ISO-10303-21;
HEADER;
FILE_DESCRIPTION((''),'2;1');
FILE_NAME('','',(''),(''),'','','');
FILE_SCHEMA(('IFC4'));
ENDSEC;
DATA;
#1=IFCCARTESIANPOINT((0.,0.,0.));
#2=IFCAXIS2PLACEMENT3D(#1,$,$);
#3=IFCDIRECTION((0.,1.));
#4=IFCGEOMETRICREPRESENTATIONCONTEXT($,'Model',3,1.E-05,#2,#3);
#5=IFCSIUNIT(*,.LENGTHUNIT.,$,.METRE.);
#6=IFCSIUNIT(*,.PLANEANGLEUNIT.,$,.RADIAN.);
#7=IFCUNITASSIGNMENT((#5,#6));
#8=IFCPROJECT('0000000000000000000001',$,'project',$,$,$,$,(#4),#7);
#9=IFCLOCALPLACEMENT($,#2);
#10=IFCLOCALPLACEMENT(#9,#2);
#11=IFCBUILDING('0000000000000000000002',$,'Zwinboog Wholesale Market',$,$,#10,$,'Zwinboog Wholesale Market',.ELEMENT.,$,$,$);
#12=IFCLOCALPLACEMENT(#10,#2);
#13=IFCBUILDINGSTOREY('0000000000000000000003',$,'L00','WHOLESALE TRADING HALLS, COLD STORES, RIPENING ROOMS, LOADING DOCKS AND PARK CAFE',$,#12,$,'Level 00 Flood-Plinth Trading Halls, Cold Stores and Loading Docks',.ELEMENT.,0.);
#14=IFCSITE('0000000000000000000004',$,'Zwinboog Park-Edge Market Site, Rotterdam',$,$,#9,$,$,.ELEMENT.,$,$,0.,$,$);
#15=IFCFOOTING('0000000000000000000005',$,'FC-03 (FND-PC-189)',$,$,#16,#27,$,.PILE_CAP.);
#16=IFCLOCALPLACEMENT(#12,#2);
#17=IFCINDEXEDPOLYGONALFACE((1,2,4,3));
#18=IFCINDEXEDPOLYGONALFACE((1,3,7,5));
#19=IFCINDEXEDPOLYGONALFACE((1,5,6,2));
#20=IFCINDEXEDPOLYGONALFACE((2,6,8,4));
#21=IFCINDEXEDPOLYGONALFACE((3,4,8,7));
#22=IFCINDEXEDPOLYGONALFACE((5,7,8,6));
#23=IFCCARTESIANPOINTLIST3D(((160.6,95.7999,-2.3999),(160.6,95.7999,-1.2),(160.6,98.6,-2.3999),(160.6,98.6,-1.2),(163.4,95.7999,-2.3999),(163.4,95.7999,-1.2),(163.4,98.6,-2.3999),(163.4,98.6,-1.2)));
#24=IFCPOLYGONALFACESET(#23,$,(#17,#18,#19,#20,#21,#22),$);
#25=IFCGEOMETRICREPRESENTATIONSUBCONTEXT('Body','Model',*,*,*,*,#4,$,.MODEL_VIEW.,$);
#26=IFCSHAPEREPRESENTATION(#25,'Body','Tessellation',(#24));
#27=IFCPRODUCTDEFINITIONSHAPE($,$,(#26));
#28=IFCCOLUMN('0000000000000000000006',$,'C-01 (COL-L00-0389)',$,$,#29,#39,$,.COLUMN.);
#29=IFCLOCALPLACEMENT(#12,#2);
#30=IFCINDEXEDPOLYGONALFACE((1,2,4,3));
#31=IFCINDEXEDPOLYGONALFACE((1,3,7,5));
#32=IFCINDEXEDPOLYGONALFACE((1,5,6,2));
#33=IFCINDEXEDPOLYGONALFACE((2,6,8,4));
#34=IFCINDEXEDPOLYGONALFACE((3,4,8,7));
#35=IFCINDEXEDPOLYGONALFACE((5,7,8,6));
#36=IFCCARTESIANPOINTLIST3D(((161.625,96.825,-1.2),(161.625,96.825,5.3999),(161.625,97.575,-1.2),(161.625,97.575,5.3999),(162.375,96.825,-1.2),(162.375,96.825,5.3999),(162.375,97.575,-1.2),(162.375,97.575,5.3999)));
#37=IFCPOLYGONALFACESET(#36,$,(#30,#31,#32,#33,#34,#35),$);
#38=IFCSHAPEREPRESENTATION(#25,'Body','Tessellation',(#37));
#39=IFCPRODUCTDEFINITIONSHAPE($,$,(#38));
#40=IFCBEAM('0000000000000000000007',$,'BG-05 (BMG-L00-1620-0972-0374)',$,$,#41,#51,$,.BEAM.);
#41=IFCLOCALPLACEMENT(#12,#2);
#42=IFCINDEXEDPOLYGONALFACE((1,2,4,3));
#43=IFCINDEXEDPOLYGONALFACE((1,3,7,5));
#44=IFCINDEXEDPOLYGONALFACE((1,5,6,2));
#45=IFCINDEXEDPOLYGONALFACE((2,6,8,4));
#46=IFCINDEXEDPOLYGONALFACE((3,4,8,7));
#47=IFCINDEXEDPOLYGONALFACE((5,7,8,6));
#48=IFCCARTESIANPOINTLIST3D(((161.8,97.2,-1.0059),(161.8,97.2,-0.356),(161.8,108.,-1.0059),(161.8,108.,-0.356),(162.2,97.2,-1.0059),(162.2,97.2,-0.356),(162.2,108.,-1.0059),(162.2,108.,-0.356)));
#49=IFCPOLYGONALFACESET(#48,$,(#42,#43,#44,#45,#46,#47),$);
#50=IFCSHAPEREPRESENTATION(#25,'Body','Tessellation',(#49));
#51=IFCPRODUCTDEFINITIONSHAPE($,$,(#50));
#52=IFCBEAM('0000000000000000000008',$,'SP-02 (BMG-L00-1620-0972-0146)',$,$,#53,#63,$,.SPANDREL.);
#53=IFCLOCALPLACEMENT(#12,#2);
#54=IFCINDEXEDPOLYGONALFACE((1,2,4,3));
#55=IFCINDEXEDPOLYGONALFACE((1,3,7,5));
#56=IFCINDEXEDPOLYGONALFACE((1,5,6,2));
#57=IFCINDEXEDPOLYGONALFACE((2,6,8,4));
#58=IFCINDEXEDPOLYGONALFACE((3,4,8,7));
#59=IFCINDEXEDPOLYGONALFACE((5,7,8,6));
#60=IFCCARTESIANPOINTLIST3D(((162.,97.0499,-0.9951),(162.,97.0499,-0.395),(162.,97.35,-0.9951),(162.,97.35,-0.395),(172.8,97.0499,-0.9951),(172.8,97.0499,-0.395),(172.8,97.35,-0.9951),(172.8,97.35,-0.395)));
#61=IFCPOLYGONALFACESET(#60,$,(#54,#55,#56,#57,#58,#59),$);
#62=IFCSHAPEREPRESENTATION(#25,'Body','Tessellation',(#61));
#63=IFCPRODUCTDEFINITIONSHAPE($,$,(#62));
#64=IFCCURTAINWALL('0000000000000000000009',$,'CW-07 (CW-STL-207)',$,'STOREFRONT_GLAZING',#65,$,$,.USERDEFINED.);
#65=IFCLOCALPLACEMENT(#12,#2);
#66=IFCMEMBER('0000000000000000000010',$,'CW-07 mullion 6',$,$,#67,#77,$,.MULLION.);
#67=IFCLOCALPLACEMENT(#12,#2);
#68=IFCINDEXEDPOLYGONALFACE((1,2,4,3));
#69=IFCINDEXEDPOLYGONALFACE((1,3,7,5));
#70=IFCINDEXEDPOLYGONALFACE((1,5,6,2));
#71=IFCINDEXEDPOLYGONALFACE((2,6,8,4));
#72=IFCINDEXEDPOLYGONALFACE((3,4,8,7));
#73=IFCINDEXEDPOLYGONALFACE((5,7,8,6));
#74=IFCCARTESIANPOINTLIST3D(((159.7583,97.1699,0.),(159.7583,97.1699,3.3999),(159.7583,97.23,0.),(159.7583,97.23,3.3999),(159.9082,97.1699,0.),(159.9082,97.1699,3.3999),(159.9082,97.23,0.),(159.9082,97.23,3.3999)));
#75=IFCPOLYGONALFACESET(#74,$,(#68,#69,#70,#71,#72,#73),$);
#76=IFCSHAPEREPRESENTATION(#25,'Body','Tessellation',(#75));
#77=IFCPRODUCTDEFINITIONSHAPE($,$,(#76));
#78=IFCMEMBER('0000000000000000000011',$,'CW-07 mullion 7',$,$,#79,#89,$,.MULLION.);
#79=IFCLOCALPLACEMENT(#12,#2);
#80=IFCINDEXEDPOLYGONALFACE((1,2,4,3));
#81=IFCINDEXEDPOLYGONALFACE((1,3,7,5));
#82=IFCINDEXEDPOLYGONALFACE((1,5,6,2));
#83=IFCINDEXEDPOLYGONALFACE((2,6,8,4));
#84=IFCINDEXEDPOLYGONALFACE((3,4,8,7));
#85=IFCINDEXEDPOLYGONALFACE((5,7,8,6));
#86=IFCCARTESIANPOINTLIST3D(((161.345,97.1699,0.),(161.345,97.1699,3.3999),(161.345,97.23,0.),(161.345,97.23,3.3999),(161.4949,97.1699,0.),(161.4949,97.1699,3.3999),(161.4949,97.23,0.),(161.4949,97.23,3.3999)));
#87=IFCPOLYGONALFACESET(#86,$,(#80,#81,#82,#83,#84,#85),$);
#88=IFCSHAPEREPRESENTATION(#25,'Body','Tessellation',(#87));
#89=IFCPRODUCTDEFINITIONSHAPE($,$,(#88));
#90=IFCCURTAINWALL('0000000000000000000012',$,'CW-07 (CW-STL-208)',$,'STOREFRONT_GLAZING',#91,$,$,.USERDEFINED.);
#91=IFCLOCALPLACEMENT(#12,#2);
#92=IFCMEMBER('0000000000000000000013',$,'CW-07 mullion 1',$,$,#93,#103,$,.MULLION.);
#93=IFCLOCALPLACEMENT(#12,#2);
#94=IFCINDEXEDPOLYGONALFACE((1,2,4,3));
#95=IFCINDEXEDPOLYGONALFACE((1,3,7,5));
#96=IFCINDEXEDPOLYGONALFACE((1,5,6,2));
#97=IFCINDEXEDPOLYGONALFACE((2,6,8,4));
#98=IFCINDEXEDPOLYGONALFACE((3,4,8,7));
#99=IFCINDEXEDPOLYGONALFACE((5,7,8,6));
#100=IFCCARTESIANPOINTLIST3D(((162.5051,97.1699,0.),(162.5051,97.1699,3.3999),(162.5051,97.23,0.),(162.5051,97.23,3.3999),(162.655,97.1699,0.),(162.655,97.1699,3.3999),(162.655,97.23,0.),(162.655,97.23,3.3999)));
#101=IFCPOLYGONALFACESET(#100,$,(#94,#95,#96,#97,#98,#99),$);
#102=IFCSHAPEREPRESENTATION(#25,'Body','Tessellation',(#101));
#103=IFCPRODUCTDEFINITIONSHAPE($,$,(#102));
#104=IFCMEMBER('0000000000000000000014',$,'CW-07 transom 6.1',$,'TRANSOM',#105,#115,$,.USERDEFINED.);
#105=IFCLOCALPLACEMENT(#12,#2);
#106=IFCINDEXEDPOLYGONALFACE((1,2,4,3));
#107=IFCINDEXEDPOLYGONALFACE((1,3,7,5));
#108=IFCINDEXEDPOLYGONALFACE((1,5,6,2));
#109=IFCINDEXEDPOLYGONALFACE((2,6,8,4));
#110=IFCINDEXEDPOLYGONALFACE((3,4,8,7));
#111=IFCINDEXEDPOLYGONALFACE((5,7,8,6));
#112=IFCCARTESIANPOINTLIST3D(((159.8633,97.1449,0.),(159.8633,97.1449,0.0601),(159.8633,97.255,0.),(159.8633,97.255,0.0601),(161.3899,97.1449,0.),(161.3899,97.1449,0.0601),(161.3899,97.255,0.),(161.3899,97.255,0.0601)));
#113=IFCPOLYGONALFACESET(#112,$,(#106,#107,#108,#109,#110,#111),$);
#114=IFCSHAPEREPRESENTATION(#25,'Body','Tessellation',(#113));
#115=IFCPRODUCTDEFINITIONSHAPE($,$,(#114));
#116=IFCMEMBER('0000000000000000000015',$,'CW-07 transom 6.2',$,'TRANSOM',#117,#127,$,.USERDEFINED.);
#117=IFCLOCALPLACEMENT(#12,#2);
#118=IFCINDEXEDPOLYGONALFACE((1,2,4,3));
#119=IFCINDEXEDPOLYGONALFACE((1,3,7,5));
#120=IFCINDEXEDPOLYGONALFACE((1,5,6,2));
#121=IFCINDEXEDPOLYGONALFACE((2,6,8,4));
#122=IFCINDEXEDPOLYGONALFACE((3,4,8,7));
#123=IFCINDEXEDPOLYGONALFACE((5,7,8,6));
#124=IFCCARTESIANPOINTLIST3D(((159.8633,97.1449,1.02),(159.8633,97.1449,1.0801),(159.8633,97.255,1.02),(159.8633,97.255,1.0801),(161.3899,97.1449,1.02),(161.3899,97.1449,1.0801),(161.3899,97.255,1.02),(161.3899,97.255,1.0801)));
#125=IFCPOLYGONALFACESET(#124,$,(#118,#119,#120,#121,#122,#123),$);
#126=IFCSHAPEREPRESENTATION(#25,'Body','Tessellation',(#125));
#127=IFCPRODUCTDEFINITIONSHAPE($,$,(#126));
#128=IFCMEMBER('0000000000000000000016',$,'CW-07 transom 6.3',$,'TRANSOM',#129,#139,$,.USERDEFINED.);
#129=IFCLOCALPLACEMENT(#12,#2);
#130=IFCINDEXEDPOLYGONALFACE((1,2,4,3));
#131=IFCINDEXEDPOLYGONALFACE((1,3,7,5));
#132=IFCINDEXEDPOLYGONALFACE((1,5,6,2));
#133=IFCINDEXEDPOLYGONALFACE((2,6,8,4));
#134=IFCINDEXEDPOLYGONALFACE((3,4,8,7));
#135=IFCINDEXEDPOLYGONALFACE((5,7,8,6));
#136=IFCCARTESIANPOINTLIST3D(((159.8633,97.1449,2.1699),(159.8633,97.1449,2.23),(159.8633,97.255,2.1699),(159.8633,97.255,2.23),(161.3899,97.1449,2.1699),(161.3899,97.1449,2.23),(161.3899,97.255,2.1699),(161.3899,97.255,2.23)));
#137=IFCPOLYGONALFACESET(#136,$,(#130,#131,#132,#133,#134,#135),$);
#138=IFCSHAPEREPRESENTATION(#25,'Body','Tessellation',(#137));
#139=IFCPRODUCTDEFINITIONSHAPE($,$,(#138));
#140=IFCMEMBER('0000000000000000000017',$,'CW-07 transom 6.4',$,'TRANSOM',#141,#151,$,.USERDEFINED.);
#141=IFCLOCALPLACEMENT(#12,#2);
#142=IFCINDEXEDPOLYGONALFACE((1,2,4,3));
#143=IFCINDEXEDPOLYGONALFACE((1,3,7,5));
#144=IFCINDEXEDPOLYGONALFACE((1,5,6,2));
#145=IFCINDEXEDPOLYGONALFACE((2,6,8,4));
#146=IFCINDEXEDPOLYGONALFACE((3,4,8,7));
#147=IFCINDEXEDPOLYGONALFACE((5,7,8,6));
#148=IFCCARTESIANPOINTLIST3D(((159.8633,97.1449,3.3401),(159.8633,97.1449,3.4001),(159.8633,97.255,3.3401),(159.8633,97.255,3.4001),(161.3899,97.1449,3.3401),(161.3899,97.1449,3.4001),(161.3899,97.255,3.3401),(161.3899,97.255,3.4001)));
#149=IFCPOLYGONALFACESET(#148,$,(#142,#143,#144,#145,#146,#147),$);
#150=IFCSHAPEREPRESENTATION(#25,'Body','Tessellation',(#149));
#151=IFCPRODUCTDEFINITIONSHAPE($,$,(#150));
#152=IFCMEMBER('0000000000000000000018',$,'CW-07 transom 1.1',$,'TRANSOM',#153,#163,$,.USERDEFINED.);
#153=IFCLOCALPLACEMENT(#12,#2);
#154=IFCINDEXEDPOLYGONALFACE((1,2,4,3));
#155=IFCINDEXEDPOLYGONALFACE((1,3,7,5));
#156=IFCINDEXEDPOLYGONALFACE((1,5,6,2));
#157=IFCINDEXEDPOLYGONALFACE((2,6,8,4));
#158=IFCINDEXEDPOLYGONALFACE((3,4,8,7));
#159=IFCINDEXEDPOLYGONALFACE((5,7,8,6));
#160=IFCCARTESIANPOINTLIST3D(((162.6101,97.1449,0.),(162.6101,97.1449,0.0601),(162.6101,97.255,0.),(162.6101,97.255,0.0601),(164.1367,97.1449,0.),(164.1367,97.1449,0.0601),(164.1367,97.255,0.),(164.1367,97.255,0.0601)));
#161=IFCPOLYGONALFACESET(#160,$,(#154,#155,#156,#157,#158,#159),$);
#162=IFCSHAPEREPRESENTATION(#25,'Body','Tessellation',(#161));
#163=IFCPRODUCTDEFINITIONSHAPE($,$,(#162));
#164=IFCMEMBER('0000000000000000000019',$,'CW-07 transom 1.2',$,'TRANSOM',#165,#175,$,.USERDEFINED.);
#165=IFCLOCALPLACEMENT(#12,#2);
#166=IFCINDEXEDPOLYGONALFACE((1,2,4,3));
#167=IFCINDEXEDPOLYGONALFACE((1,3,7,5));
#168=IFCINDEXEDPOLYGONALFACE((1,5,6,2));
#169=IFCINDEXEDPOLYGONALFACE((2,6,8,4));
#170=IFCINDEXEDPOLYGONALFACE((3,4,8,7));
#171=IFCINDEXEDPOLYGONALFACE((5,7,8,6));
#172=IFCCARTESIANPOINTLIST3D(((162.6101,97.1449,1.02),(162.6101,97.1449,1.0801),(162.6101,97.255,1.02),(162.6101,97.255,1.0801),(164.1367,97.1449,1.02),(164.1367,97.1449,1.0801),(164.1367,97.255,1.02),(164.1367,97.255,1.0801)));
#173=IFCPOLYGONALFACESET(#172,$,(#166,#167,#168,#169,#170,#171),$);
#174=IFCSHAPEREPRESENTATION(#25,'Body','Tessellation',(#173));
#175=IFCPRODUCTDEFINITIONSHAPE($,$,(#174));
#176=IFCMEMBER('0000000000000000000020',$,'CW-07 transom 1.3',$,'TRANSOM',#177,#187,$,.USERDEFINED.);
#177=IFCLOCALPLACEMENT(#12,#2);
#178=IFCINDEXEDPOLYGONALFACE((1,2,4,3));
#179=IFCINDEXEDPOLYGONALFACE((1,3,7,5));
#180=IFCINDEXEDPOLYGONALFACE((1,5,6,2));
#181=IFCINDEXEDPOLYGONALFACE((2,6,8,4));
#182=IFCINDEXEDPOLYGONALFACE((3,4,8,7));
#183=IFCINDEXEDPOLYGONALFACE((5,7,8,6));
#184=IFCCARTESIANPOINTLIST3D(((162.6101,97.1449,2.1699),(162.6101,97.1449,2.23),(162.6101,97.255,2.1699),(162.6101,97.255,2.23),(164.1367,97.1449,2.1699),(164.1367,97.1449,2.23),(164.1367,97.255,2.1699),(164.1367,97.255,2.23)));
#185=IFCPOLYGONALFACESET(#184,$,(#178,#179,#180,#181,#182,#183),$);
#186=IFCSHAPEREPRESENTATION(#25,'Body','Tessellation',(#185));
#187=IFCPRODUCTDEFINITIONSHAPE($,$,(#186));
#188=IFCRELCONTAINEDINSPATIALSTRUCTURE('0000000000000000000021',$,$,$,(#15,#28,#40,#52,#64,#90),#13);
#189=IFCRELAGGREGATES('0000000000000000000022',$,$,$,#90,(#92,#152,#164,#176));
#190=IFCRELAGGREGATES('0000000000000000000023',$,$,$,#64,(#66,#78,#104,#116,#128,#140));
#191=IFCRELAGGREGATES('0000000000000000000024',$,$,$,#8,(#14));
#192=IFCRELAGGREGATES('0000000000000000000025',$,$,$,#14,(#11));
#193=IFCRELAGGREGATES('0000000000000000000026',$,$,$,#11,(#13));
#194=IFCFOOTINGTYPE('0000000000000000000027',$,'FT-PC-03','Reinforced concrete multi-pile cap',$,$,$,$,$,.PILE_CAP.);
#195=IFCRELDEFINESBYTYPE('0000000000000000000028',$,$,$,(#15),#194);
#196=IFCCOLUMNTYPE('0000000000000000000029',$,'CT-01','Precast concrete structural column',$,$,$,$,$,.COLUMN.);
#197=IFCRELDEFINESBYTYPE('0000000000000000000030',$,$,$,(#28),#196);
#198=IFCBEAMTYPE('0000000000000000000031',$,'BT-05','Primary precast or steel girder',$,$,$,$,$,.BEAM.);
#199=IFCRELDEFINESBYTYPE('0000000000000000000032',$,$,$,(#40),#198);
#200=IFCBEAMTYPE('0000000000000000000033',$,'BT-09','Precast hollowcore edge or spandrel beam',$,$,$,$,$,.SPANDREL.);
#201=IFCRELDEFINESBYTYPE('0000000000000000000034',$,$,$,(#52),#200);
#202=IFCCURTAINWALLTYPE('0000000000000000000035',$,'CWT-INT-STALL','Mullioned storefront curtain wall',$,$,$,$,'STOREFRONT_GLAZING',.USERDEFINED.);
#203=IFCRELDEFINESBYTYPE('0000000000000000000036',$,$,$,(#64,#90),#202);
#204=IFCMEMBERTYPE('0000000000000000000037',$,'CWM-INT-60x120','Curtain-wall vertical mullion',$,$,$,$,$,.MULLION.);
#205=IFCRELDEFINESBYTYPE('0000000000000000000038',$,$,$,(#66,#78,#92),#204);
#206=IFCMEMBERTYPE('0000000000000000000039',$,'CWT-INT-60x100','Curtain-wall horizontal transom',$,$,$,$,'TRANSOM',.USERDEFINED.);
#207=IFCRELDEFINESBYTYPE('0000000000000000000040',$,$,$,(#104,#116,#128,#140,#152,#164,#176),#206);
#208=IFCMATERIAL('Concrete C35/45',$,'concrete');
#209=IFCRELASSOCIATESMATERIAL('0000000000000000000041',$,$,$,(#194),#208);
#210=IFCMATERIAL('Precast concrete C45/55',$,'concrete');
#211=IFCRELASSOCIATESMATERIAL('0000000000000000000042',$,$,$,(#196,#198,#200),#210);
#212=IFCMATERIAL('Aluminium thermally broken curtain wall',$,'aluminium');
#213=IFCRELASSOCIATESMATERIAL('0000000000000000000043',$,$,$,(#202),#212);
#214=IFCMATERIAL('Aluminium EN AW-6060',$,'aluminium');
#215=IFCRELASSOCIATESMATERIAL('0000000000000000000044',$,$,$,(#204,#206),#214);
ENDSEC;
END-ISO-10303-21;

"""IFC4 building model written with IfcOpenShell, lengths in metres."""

from ifc_helpers import new_model, si_unit, direction, frame, origin, origin_2d, place, context, subcontext, project, spatial, rectangle, extrude, material, material_profile, profile_set, type_object, element, aggregate, save


model = new_model("IFC4")

# Units and contexts
model_context = context("Model", 3, precision=1e-05, world=origin(), true_north=direction((0.0, 1.0)))
body_context = subcontext(model_context, "Body", "Model", "MODEL_VIEW")
ifc_project = project(units=[si_unit("LENGTHUNIT", "METRE"), si_unit("PLANEANGLEUNIT", "RADIAN")], contexts=[model_context])

# Site, building, storey
site_placement = place(None, origin())
site = spatial("IfcSite", under=ifc_project, at=site_placement, Name="Zwinboog Park-Edge Market Site, Rotterdam", CompositionType="ELEMENT", RefElevation=0.0)
building_placement = place(site_placement, origin())
building = spatial("IfcBuilding", under=site, at=building_placement, Name="Zwinboog Wholesale Market", LongName="Zwinboog Wholesale Market", CompositionType="ELEMENT")
storey_placement = place(building_placement, origin())
storey = spatial("IfcBuildingStorey", under=building, at=storey_placement, Name="L00", Description="WHOLESALE TRADING HALLS, COLD STORES, RIPENING ROOMS, LOADING DOCKS AND PARK CAFE", LongName="Level 00 Flood-Plinth Trading Halls, Cold Stores and Loading Docks", CompositionType="ELEMENT", Elevation=0.0)

# Footing
ifc_material_1 = material(Name="Concrete C35/45", Category="concrete")
footing_type = type_object("IfcFootingType", Name="FT-PC-03", Description="Reinforced concrete multi-pile cap", PredefinedType="PILE_CAP", material=ifc_material_1)
footing_placement = place(storey_placement, frame((162.0, 97.2, -2.3999), z_axis=(0.0, 0.0, 1.0), x_axis=(1.0, 0.0, 0.0)))
element("IfcFooting", 1, at=footing_placement, inside=storey, type_object=footing_type, Name="FC-03 (FND-PC-189)", PredefinedType="PILE_CAP", context=body_context, shape_type="SweptSolid", body=[
    extrude(rectangle(XDim=2.8, YDim=2.8, at=origin_2d()), origin(), (0.0, 0.0, 1.0), 1.2),
])

# Column
ifc_material_2 = material(Name="Precast concrete C45/55", Category="concrete")
ifc_material_profile_1 = material_profile(ifc_material_2, rectangle(XDim=0.75, YDim=0.75, at=origin_2d()), Name="PC 750x750")
ifc_profile_set_1 = profile_set([ifc_material_profile_1], Name="Precast concrete C45/55")
column_type = type_object("IfcColumnType", Name="CT-01", Description="Precast concrete structural column", PredefinedType="COLUMN", material=ifc_profile_set_1)
column_placement = place(storey_placement, frame((162.0, 97.2, -1.2), z_axis=(0.0, 0.0, 1.0), x_axis=(1.0, 0.0, 0.0)))
element("IfcColumn", 2, at=column_placement, inside=storey, type_object=column_type, Name="C-01 (COL-L00-0389)", PredefinedType="COLUMN", context=body_context, shape_type="SweptSolid", body=[
    extrude(rectangle(XDim=0.75, YDim=0.75, at=origin_2d()), origin(), (0.0, 0.0, 1.0), 6.5999),
])

# Beams
ifc_material_profile_2 = material_profile(ifc_material_2, rectangle(XDim=0.3999, YDim=0.6499, at=origin_2d()), Name="PC 400x650")
ifc_profile_set_2 = profile_set([ifc_material_profile_2], Name="Precast concrete C45/55")
beam_type_1 = type_object("IfcBeamType", Name="BT-05", Description="Primary precast or steel girder", PredefinedType="BEAM", material=ifc_profile_set_2)
beam_1_placement = place(storey_placement, frame((162.0, 97.2, -0.6809), z_axis=(0.0, 1.0, 0.0), x_axis=(-1.0, 0.0, 0.0)))
element("IfcBeam", 3, at=beam_1_placement, inside=storey, type_object=beam_type_1, Name="BG-05 (BMG-L00-1620-0972-0374)", PredefinedType="BEAM", context=body_context, shape_type="SweptSolid", body=[
    extrude(rectangle(XDim=0.3999, YDim=0.6499, at=origin_2d()), origin(), (0.0, 0.0, 1.0), 10.8),
])
ifc_material_profile_3 = material_profile(ifc_material_2, rectangle(XDim=0.3, YDim=0.6001, at=origin_2d()), Name="PC 300x600")
ifc_profile_set_3 = profile_set([ifc_material_profile_3], Name="Precast concrete C45/55")
beam_type_2 = type_object("IfcBeamType", Name="BT-09", Description="Precast hollowcore edge or spandrel beam", PredefinedType="SPANDREL", material=ifc_profile_set_3)
beam_2_placement = place(storey_placement, frame((162.0, 97.2, -0.6951), z_axis=(1.0, 0.0, 0.0), x_axis=(0.0, 1.0, 0.0)))
element("IfcBeam", 4, at=beam_2_placement, inside=storey, type_object=beam_type_2, Name="SP-02 (BMG-L00-1620-0972-0146)", PredefinedType="SPANDREL", context=body_context, shape_type="SweptSolid", body=[
    extrude(rectangle(XDim=0.3, YDim=0.6001, at=origin_2d()), origin(), (0.0, 0.0, 1.0), 10.8),
])

# Curtain wall, members
ifc_material_3 = material(Name="Aluminium thermally broken curtain wall", Category="aluminium")
curtain_wall_type = type_object("IfcCurtainWallType", Name="CWT-INT-STALL", Description="Mullioned storefront curtain wall", ElementType="STOREFRONT_GLAZING", PredefinedType="USERDEFINED", material=ifc_material_3)
curtain_wall_1_placement = place(storey_placement, origin())
curtain_wall_1 = element("IfcCurtainWall", 5, at=curtain_wall_1_placement, inside=storey, type_object=curtain_wall_type, Name="CW-07 (CW-STL-207)", ObjectType="STOREFRONT_GLAZING", PredefinedType="USERDEFINED")
ifc_material_4 = material(Name="Aluminium EN AW-6060", Category="aluminium")
ifc_material_profile_4 = material_profile(ifc_material_4, rectangle(XDim=0.0601, YDim=0.1499, at=origin_2d()), Name="AL 60x150")
ifc_profile_set_4 = profile_set([ifc_material_profile_4], Name="Aluminium EN AW-6060")
member_type_1 = type_object("IfcMemberType", Name="CWM-INT-60x120", Description="Curtain-wall vertical mullion", PredefinedType="MULLION", material=ifc_profile_set_4)
member_1_placement = place(storey_placement, frame((159.8333, 97.2, 0.0), z_axis=(0.0, 0.0, 1.0), x_axis=(0.0, 1.0, 0.0)))
member_1 = element("IfcMember", 6, at=member_1_placement, type_object=member_type_1, Name="CW-07 mullion 6", PredefinedType="MULLION", context=body_context, shape_type="SweptSolid", body=[
    extrude(rectangle(XDim=0.0601, YDim=0.1499, at=origin_2d()), origin(), (0.0, 0.0, 1.0), 3.3999),
])
member_2_placement = place(storey_placement, frame((161.4199, 97.2, 0.0), z_axis=(0.0, 0.0, 1.0), x_axis=(0.0, 1.0, 0.0)))
member_2 = element("IfcMember", 7, at=member_2_placement, type_object=member_type_1, Name="CW-07 mullion 7", PredefinedType="MULLION", context=body_context, shape_type="SweptSolid", body=[
    extrude(rectangle(XDim=0.0601, YDim=0.1499, at=origin_2d()), origin(), (0.0, 0.0, 1.0), 3.3999),
])

# Curtain wall, member
curtain_wall_2_placement = place(storey_placement, origin())
curtain_wall_2 = element("IfcCurtainWall", 8, at=curtain_wall_2_placement, inside=storey, type_object=curtain_wall_type, Name="CW-07 (CW-STL-208)", ObjectType="STOREFRONT_GLAZING", PredefinedType="USERDEFINED")
member_3_placement = place(storey_placement, frame((162.5801, 97.2, 0.0), z_axis=(0.0, 0.0, 1.0), x_axis=(0.0, 1.0, 0.0)))
member_3 = element("IfcMember", 9, at=member_3_placement, type_object=member_type_1, Name="CW-07 mullion 1", PredefinedType="MULLION", context=body_context, shape_type="SweptSolid", body=[
    extrude(rectangle(XDim=0.0601, YDim=0.1499, at=origin_2d()), origin(), (0.0, 0.0, 1.0), 3.3999),
])

# Members
ifc_material_profile_5 = material_profile(ifc_material_4, rectangle(XDim=0.1101, YDim=0.0601, at=origin_2d()), Name="AL 60x110")
ifc_profile_set_5 = profile_set([ifc_material_profile_5], Name="Aluminium EN AW-6060")
member_type_2 = type_object("IfcMemberType", Name="CWT-INT-60x100", Description="Curtain-wall horizontal transom", ElementType="TRANSOM", PredefinedType="USERDEFINED", material=ifc_profile_set_5)
member_4_placement = place(storey_placement, frame((159.8633, 97.2, 0.03), z_axis=(1.0, 0.0, 0.0), x_axis=(0.0, 1.0, 0.0)))
member_4 = element("IfcMember", 10, at=member_4_placement, type_object=member_type_2, Name="CW-07 transom 6.1", ObjectType="TRANSOM", PredefinedType="USERDEFINED", context=body_context, shape_type="SweptSolid", body=[
    extrude(rectangle(XDim=0.1101, YDim=0.0601, at=origin_2d()), origin(), (0.0, 0.0, 1.0), 1.5266),
])
member_5_placement = place(storey_placement, frame((159.8633, 97.2, 1.05), z_axis=(1.0, 0.0, 0.0), x_axis=(0.0, 1.0, 0.0)))
member_5 = element("IfcMember", 11, at=member_5_placement, type_object=member_type_2, Name="CW-07 transom 6.2", ObjectType="TRANSOM", PredefinedType="USERDEFINED", context=body_context, shape_type="SweptSolid", body=[
    extrude(rectangle(XDim=0.1101, YDim=0.0601, at=origin_2d()), origin(), (0.0, 0.0, 1.0), 1.5266),
])
member_6_placement = place(storey_placement, frame((159.8633, 97.2, 2.2), z_axis=(1.0, 0.0, 0.0), x_axis=(0.0, 1.0, 0.0)))
member_6 = element("IfcMember", 12, at=member_6_placement, type_object=member_type_2, Name="CW-07 transom 6.3", ObjectType="TRANSOM", PredefinedType="USERDEFINED", context=body_context, shape_type="SweptSolid", body=[
    extrude(rectangle(XDim=0.1101, YDim=0.0601, at=origin_2d()), origin(), (0.0, 0.0, 1.0), 1.5266),
])
member_7_placement = place(storey_placement, frame((159.8633, 97.2, 3.3701), z_axis=(1.0, 0.0, 0.0), x_axis=(0.0, 1.0, 0.0)))
member_7 = element("IfcMember", 13, at=member_7_placement, type_object=member_type_2, Name="CW-07 transom 6.4", ObjectType="TRANSOM", PredefinedType="USERDEFINED", context=body_context, shape_type="SweptSolid", body=[
    extrude(rectangle(XDim=0.1101, YDim=0.0601, at=origin_2d()), origin(), (0.0, 0.0, 1.0), 1.5266),
])
member_8_placement = place(storey_placement, frame((162.6101, 97.2, 0.03), z_axis=(1.0, 0.0, 0.0), x_axis=(0.0, 1.0, 0.0)))
member_8 = element("IfcMember", 14, at=member_8_placement, type_object=member_type_2, Name="CW-07 transom 1.1", ObjectType="TRANSOM", PredefinedType="USERDEFINED", context=body_context, shape_type="SweptSolid", body=[
    extrude(rectangle(XDim=0.1101, YDim=0.0601, at=origin_2d()), origin(), (0.0, 0.0, 1.0), 1.5266),
])
member_9_placement = place(storey_placement, frame((162.6101, 97.2, 1.05), z_axis=(1.0, 0.0, 0.0), x_axis=(0.0, 1.0, 0.0)))
member_9 = element("IfcMember", 15, at=member_9_placement, type_object=member_type_2, Name="CW-07 transom 1.2", ObjectType="TRANSOM", PredefinedType="USERDEFINED", context=body_context, shape_type="SweptSolid", body=[
    extrude(rectangle(XDim=0.1101, YDim=0.0601, at=origin_2d()), origin(), (0.0, 0.0, 1.0), 1.5266),
])
member_10_placement = place(storey_placement, frame((162.6101, 97.2, 2.2), z_axis=(1.0, 0.0, 0.0), x_axis=(0.0, 1.0, 0.0)))
member_10 = element("IfcMember", 16, at=member_10_placement, type_object=member_type_2, Name="CW-07 transom 1.3", ObjectType="TRANSOM", PredefinedType="USERDEFINED", context=body_context, shape_type="SweptSolid", body=[
    extrude(rectangle(XDim=0.1101, YDim=0.0601, at=origin_2d()), origin(), (0.0, 0.0, 1.0), 1.5266),
])
aggregate(curtain_wall_2, [member_3, member_8, member_9, member_10])

aggregate(curtain_wall_1, [member_1, member_2, member_4, member_5, member_6, member_7])

save(model, "model.ifc")
